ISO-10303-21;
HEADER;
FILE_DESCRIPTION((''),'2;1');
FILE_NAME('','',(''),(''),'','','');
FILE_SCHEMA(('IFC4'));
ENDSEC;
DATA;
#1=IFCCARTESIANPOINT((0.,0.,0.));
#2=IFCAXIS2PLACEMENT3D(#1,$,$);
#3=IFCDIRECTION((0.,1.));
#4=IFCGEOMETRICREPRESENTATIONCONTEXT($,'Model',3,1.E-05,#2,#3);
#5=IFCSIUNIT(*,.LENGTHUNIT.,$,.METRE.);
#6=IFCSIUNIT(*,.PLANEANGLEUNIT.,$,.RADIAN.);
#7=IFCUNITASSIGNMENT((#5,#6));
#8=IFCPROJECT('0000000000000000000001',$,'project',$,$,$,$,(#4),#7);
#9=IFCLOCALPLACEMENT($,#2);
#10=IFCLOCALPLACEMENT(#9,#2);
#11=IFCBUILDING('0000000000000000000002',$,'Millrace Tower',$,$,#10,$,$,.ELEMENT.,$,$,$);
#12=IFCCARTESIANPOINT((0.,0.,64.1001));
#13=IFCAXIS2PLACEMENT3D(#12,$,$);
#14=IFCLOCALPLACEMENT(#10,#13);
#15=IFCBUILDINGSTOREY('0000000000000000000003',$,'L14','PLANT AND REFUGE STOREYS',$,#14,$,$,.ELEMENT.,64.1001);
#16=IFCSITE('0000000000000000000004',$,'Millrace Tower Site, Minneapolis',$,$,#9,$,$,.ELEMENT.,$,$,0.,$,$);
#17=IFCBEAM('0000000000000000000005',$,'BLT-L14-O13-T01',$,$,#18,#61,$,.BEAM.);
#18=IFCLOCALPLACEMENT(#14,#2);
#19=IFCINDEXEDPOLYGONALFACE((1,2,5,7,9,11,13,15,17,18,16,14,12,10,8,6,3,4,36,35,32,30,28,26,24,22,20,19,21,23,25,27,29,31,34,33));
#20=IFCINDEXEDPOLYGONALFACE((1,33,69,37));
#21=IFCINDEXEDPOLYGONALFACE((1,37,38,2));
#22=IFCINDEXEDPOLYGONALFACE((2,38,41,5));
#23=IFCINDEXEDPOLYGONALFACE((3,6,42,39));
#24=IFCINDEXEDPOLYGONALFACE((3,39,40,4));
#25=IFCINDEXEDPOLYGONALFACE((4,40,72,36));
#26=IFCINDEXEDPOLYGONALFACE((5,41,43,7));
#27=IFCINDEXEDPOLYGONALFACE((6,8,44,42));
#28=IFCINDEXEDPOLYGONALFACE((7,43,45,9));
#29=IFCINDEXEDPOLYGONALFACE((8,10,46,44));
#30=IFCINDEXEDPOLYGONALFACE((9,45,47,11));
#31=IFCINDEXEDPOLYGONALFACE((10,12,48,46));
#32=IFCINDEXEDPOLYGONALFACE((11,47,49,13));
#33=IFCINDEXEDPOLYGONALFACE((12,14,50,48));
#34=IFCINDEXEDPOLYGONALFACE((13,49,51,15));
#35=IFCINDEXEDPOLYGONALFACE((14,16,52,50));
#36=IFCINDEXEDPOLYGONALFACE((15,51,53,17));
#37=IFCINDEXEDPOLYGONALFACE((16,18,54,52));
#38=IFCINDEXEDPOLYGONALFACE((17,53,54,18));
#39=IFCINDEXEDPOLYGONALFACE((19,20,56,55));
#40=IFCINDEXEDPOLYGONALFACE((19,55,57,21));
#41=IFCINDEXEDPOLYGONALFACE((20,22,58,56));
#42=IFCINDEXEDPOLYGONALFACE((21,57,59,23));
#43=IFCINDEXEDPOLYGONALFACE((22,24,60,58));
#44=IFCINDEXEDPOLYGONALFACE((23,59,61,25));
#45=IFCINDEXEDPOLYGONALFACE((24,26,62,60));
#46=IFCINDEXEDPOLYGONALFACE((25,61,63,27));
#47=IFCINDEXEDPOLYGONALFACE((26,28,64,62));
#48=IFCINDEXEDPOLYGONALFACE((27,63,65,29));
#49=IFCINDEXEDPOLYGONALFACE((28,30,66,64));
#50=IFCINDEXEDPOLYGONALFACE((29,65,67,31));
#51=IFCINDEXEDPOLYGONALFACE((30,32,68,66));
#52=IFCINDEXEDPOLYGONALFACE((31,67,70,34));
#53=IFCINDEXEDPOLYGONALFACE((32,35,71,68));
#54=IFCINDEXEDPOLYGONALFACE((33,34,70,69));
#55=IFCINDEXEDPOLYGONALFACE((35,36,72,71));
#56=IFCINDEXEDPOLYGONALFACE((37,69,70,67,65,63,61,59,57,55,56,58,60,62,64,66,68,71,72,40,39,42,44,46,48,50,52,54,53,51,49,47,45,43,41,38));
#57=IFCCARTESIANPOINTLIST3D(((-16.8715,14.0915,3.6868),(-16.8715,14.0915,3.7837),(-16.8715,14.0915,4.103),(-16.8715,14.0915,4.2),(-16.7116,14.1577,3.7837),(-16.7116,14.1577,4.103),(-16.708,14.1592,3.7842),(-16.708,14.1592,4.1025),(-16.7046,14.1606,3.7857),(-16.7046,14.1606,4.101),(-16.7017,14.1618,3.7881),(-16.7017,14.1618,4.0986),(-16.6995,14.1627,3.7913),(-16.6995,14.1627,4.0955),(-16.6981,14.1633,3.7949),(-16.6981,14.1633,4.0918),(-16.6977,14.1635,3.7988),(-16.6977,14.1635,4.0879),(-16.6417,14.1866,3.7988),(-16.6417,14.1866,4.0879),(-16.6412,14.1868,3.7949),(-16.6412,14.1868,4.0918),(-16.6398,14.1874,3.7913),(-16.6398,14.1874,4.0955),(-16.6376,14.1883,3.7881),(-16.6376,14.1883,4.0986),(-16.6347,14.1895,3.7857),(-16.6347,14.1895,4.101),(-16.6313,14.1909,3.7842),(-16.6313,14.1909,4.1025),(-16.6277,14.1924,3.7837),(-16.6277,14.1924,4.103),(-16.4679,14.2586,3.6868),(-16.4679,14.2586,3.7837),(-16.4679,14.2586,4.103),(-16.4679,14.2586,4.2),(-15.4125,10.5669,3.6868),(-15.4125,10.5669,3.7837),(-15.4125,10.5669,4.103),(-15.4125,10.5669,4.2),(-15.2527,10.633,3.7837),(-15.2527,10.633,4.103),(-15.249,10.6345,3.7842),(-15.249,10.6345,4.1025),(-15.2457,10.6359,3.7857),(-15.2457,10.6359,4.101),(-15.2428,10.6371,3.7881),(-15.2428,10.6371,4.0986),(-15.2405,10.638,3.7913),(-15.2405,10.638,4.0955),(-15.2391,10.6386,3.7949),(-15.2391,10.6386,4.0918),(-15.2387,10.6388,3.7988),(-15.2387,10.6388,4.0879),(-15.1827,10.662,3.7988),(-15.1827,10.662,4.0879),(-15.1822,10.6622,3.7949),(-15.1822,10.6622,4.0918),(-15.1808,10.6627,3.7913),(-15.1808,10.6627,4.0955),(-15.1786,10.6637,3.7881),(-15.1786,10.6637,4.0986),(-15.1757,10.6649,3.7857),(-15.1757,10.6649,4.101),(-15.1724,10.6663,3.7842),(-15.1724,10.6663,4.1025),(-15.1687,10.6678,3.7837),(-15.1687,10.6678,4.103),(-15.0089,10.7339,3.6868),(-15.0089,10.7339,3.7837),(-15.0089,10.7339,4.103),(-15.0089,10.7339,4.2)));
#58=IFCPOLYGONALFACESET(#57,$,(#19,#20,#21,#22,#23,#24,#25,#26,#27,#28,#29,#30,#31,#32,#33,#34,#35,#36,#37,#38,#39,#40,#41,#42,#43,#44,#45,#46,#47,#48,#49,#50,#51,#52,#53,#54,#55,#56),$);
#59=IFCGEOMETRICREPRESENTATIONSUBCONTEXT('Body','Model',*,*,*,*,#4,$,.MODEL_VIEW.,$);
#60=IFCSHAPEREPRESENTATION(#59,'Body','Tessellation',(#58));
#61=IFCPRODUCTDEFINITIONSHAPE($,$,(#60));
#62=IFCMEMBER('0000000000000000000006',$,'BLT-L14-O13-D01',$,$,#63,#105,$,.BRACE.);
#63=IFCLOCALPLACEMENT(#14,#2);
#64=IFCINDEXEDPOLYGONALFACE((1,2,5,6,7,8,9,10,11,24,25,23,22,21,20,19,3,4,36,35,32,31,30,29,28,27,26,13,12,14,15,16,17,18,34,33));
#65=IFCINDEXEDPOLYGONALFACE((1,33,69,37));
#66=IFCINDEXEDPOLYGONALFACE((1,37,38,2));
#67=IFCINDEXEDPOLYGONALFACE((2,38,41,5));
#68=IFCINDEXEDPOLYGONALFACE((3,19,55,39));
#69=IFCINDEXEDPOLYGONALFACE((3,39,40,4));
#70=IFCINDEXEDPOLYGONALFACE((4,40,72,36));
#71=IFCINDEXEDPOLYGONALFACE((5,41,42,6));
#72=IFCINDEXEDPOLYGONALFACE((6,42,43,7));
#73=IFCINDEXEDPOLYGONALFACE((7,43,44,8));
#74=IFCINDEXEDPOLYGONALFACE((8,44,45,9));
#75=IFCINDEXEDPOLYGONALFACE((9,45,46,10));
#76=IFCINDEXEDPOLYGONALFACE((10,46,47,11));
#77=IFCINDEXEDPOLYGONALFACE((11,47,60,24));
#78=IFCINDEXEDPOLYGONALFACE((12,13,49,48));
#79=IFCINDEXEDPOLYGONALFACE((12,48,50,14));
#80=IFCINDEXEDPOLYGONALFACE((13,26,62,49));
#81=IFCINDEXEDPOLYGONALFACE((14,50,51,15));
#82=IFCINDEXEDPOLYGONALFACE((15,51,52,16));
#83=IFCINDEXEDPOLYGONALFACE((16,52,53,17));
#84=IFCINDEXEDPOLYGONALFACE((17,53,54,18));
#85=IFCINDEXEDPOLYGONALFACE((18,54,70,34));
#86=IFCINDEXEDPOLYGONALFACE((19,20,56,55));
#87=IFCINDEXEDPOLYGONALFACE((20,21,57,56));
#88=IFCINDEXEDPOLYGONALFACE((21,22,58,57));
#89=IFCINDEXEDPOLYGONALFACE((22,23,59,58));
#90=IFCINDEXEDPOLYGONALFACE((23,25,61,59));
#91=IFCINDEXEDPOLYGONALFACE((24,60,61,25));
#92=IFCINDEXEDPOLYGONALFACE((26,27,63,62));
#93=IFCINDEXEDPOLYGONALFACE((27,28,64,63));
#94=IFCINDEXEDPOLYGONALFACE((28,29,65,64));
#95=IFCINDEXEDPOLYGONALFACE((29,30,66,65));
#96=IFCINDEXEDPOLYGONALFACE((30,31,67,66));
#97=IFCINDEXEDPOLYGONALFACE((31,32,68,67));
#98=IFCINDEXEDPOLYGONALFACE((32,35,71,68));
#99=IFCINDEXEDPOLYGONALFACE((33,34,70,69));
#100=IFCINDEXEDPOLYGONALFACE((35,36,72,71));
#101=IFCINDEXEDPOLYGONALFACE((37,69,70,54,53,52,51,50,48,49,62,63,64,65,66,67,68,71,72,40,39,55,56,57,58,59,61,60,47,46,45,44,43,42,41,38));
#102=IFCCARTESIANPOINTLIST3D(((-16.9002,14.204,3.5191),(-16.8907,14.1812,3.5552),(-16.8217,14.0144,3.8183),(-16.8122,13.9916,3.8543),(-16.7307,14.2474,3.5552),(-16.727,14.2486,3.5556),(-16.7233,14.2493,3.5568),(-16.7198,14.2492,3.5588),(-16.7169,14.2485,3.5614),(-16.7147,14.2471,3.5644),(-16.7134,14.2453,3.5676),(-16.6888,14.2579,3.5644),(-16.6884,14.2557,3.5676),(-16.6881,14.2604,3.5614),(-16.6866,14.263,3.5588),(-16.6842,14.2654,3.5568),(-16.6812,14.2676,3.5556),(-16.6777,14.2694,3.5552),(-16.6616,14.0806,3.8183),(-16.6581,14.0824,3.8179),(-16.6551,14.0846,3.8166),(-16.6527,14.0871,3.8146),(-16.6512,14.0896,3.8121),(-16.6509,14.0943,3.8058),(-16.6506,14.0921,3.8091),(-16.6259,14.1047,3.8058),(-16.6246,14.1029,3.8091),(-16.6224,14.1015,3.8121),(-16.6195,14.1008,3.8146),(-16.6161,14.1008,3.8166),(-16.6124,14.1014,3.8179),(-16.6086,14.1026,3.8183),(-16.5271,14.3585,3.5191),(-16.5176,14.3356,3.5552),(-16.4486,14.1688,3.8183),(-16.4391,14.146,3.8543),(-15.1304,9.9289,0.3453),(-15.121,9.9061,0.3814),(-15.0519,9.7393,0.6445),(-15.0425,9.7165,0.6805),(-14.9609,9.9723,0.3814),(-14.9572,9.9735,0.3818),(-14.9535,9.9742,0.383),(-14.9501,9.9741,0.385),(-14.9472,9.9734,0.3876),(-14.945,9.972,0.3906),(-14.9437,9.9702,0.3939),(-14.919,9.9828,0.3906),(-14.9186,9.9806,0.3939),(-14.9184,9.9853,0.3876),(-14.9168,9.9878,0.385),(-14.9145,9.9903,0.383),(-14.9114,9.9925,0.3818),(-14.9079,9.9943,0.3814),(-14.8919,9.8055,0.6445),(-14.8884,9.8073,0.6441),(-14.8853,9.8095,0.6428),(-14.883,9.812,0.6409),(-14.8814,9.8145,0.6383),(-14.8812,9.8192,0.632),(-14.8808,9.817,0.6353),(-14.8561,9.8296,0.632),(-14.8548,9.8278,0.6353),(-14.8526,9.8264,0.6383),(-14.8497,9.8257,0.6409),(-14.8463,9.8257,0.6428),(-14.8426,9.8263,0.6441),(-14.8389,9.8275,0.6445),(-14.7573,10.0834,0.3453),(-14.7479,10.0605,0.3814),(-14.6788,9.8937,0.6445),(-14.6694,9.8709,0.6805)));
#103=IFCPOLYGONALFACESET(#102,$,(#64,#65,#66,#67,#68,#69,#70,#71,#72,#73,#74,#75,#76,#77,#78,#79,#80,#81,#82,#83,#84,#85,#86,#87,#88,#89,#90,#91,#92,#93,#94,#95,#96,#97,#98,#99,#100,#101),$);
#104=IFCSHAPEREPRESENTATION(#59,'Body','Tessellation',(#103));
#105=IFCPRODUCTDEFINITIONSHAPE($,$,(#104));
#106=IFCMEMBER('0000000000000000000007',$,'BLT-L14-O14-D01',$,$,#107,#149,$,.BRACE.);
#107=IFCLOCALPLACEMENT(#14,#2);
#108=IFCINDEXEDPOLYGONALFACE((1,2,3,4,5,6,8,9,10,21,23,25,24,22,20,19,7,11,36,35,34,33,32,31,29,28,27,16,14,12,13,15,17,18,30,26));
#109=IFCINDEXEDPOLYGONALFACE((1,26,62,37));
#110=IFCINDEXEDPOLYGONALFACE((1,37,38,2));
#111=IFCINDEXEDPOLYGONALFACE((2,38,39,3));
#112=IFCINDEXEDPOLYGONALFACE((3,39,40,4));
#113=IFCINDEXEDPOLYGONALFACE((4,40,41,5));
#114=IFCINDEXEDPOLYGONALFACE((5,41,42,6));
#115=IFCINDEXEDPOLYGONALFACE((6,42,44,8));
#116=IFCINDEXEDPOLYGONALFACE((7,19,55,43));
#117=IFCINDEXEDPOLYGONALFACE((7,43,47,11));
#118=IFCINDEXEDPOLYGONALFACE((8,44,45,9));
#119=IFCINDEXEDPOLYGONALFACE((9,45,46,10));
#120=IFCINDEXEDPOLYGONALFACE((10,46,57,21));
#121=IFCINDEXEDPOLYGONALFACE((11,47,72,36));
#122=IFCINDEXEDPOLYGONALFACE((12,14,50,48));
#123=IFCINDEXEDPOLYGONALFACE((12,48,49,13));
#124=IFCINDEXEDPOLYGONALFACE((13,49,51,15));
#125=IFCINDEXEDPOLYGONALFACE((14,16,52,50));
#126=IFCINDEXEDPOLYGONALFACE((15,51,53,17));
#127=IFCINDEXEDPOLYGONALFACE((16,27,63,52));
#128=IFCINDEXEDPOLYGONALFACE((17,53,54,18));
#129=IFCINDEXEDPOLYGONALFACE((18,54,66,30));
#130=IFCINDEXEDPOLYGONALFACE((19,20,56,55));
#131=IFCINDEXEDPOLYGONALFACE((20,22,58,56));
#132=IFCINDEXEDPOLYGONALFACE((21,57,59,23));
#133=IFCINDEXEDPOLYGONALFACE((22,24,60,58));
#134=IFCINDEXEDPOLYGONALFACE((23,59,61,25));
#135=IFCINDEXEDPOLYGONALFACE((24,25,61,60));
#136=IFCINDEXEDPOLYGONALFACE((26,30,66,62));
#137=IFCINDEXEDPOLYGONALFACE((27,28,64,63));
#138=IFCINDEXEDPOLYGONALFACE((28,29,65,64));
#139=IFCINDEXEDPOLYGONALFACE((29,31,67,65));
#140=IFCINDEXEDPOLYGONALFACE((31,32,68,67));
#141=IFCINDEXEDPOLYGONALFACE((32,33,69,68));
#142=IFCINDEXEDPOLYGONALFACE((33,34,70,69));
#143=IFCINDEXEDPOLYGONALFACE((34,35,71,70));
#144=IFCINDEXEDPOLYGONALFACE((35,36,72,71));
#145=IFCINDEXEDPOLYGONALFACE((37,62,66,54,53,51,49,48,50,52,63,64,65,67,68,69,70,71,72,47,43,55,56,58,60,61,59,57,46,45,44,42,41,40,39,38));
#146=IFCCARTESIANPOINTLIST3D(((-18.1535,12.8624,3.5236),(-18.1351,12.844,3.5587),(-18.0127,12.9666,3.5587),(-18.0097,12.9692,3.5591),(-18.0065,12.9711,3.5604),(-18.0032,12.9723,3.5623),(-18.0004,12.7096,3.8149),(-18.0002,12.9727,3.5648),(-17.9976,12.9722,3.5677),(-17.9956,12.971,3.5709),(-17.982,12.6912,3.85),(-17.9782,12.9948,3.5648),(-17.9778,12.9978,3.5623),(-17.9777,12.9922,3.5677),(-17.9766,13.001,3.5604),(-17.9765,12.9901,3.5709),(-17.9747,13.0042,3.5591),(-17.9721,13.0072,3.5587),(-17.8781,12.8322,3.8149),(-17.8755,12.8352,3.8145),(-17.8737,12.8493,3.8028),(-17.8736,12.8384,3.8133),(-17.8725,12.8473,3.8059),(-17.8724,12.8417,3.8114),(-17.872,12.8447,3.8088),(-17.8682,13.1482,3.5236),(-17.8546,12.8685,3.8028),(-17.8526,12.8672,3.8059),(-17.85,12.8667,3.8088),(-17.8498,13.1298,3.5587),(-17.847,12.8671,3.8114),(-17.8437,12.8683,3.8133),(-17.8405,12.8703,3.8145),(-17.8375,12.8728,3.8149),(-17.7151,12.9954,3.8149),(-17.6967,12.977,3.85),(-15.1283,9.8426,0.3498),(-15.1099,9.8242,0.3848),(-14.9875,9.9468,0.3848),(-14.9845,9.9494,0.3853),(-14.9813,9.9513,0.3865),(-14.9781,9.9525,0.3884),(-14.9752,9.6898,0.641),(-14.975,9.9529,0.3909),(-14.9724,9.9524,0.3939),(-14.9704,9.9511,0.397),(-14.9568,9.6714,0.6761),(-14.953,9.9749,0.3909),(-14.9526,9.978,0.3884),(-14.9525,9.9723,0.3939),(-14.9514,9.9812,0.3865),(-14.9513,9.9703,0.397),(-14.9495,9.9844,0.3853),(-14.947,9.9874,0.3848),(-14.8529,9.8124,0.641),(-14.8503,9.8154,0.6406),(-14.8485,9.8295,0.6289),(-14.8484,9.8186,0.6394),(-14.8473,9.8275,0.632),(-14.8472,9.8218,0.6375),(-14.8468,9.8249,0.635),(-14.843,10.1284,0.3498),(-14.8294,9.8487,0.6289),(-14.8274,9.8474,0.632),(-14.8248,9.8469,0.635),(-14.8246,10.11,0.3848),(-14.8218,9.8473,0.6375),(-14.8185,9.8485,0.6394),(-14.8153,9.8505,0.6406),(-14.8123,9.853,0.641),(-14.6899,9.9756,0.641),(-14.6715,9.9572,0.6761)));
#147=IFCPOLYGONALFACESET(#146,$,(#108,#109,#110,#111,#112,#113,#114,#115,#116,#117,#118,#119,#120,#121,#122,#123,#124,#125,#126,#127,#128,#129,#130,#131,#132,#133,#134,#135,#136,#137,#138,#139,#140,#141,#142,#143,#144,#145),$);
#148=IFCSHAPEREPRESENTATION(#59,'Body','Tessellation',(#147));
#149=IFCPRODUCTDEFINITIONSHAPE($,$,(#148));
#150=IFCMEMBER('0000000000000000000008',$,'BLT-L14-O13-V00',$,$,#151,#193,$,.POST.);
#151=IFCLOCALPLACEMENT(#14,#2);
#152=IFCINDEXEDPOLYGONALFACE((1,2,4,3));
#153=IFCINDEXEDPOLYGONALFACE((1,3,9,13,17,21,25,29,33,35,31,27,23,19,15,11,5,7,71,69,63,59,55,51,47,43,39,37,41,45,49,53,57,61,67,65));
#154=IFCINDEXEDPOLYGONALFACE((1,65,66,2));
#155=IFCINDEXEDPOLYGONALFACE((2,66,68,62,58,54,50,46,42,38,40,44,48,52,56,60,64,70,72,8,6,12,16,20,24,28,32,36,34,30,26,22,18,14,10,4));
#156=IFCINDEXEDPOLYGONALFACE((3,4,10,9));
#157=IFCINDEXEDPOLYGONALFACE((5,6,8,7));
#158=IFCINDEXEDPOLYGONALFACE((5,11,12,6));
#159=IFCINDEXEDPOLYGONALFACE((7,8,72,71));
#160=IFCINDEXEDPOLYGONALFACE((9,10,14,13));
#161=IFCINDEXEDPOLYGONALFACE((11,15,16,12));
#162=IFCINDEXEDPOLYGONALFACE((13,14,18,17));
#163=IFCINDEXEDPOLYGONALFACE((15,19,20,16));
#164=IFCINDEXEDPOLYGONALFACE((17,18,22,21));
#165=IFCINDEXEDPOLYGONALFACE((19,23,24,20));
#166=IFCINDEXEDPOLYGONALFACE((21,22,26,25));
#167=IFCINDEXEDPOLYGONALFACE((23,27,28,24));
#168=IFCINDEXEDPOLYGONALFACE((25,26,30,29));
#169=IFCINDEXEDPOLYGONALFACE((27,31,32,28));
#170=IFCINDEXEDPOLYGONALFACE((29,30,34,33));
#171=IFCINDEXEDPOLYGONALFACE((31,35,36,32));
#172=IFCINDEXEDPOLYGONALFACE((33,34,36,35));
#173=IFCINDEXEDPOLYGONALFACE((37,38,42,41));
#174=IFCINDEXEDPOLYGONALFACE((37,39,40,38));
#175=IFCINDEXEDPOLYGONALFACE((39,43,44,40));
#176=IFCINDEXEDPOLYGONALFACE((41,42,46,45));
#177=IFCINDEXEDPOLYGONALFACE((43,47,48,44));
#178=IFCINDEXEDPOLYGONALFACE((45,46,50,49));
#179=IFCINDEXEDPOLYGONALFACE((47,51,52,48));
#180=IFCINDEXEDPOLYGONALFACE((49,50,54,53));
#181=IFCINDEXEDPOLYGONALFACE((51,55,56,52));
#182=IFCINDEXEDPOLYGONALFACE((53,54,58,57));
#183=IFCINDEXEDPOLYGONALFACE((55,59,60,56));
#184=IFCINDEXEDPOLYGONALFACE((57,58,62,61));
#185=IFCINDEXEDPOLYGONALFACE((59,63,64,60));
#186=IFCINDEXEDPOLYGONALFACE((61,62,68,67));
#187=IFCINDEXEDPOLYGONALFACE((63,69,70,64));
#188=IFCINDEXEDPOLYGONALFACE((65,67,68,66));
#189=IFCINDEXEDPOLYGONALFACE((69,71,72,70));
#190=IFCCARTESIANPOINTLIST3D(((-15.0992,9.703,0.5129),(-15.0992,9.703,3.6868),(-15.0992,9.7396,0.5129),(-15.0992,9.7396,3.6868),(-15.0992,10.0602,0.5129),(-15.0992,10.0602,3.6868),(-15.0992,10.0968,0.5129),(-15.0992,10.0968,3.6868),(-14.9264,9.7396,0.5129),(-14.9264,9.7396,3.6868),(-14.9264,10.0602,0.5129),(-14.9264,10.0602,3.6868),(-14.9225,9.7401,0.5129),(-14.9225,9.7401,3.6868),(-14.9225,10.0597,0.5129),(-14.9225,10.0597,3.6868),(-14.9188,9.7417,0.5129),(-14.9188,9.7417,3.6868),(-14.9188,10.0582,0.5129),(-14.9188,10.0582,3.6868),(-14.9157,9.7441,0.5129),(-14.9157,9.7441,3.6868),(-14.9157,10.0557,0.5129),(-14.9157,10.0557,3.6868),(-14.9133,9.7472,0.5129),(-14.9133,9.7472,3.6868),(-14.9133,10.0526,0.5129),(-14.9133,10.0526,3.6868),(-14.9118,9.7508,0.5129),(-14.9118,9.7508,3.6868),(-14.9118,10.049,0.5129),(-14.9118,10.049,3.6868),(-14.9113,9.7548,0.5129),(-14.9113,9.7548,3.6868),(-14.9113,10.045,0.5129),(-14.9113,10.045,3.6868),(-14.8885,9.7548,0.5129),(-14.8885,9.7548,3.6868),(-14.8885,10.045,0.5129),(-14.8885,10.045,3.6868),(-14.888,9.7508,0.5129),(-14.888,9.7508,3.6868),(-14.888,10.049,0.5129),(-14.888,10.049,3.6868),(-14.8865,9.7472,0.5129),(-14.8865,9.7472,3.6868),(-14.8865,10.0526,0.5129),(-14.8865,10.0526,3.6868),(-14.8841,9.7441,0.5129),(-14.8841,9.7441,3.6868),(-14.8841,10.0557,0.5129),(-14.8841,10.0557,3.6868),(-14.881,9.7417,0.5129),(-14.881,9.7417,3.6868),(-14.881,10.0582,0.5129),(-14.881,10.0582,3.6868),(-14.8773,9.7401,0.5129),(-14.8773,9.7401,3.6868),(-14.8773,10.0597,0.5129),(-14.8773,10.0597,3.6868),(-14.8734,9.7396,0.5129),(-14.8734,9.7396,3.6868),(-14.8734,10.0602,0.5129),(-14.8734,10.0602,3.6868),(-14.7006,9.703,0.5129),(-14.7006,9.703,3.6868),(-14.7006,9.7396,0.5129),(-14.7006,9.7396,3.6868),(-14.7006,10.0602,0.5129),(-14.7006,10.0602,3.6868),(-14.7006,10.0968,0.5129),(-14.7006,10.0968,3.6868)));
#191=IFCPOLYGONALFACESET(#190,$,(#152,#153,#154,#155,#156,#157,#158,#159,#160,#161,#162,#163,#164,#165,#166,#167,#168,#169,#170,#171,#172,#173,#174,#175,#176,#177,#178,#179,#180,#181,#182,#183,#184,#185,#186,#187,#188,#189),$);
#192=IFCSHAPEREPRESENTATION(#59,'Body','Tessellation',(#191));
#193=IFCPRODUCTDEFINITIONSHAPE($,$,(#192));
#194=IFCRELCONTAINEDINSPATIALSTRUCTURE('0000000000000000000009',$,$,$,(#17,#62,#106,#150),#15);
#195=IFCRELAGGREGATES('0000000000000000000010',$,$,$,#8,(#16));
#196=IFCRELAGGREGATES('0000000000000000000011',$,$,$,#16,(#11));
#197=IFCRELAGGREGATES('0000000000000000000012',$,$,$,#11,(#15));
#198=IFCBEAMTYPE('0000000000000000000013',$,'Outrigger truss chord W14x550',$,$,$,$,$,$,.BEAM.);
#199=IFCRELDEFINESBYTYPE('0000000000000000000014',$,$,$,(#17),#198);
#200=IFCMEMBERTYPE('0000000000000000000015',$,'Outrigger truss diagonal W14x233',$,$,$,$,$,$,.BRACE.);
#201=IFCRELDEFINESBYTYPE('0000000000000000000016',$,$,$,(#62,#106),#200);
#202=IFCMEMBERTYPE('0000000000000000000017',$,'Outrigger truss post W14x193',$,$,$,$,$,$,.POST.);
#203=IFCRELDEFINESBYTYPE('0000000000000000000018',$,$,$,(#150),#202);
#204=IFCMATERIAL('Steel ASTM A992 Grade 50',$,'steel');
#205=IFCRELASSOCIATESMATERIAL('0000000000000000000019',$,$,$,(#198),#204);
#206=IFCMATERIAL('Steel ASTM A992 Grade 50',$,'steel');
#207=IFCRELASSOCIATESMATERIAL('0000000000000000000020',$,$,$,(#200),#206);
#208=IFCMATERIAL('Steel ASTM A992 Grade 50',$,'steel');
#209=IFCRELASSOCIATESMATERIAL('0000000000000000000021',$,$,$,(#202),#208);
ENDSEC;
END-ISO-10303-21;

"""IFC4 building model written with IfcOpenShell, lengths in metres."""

from ifc_helpers import new_model, si_unit, direction, frame, origin, origin_2d, place, context, subcontext, project, spatial, i_section, extrude, material, material_profile, profile_set, type_object, element, save


model = new_model("IFC4")

# Units and contexts
model_context = context("Model", 3, precision=1e-05, world=origin(), true_north=direction((0.0, 1.0)))
body_context = subcontext(model_context, "Body", "Model", "MODEL_VIEW")
ifc_project = project(units=[si_unit("LENGTHUNIT", "METRE"), si_unit("PLANEANGLEUNIT", "RADIAN")], contexts=[model_context])

# Site, building, storey
site_placement = place(None, origin())
site = spatial("IfcSite", under=ifc_project, at=site_placement, Name="Millrace Tower Site, Minneapolis", CompositionType="ELEMENT", RefElevation=0.0)
building_placement = place(site_placement, origin())
building = spatial("IfcBuilding", under=site, at=building_placement, Name="Millrace Tower", CompositionType="ELEMENT")
storey_placement = place(building_placement, frame((0.0, 0.0, 64.1001)))
storey = spatial("IfcBuildingStorey", under=building, at=storey_placement, Name="L14", Description="PLANT AND REFUGE STOREYS", CompositionType="ELEMENT", Elevation=64.1001)

# Beam
ifc_material_1 = material(Name="Steel ASTM A992 Grade 50", Category="steel")
ifc_material_profile_1 = material_profile(ifc_material_1, i_section(OverallWidth=0.4368, OverallDepth=0.5132, WebThickness=0.0605, FlangeThickness=0.0969, FilletRadius=0.0151, at=origin_2d()))
ifc_profile_set_1 = profile_set([ifc_material_profile_1], Name="Steel ASTM A992 Grade 50")
beam_type_1 = type_object("IfcBeamType", Name="Outrigger truss chord W14x550", PredefinedType="BEAM", material=ifc_profile_set_1)
beam_1_placement = place(storey_placement, frame((-15.2107, 10.6504, 3.9434), z_axis=(-0.382465, 0.92397, 0.0), x_axis=(-0.92397, -0.382465, 0.0)))
element("IfcBeam", 1, at=beam_1_placement, inside=storey, type_object=beam_type_1, Name="BLT-L14-O13-T01", PredefinedType="BEAM", context=body_context, shape_type="SweptSolid", body=[
    extrude(i_section(OverallWidth=0.4368, OverallDepth=0.5132, WebThickness=0.0605, FlangeThickness=0.0969, FilletRadius=0.0151, at=origin_2d()), origin(), (0.0, 0.0, 1.0), 3.8147),
])

# Members
ifc_material_2 = material(Name="Steel ASTM A992 Grade 50", Category="steel")
ifc_material_profile_2 = material_profile(ifc_material_2, i_section(OverallWidth=0.4038, OverallDepth=0.4065, WebThickness=0.0271, FlangeThickness=0.0437, FilletRadius=0.0151, at=origin_2d()))
ifc_profile_set_2 = profile_set([ifc_material_profile_2], Name="Steel ASTM A992 Grade 50")
member_type_1 = type_object("IfcMemberType", Name="Outrigger truss diagonal W14x233", PredefinedType="BRACE", material=ifc_profile_set_2)
member_1_placement = place(storey_placement, frame((-14.8999, 9.8999, 0.5129), z_axis=(-0.315418, 0.761936, 0.565654), x_axis=(-0.92396, -0.38249, 0.0)))
element("IfcMember", 2, at=member_1_placement, inside=storey, type_object=member_type_1, Name="BLT-L14-O13-D01", PredefinedType="BRACE", context=body_context, shape_type="SweptSolid", body=[
    extrude(i_section(OverallWidth=0.4038, OverallDepth=0.4065, WebThickness=0.0271, FlangeThickness=0.0437, FilletRadius=0.0151, at=origin_2d()), origin(), (0.0, 0.0, 1.0), 5.6108),
])
member_2_placement = place(storey_placement, frame((-14.8999, 9.8999, 0.5129), z_axis=(-0.568222, 0.567213, 0.596149), x_axis=(-0.706478, -0.707735, 0.0)))
element("IfcMember", 3, at=member_2_placement, inside=storey, type_object=member_type_1, Name="BLT-L14-O14-D01", PredefinedType="BRACE", context=body_context, shape_type="SweptSolid", body=[
    extrude(i_section(OverallWidth=0.4038, OverallDepth=0.4065, WebThickness=0.0271, FlangeThickness=0.0437, FilletRadius=0.0151, at=origin_2d()), origin(), (0.0, 0.0, 1.0), 5.324),
])
ifc_material_3 = material(Name="Steel ASTM A992 Grade 50", Category="steel")
ifc_material_profile_3 = material_profile(ifc_material_3, i_section(OverallWidth=0.3987, OverallDepth=0.3938, WebThickness=0.0227, FlangeThickness=0.0366, FilletRadius=0.0151, at=origin_2d()))
ifc_profile_set_3 = profile_set([ifc_material_profile_3], Name="Steel ASTM A992 Grade 50")
member_type_2 = type_object("IfcMemberType", Name="Outrigger truss post W14x193", PredefinedType="POST", material=ifc_profile_set_3)
member_3_placement = place(storey_placement, frame((-14.8999, 9.8999, 0.5129), z_axis=(0.0, 0.0, 1.0), x_axis=(1.0, 0.0, 0.0)))
element("IfcMember", 4, at=member_3_placement, inside=storey, type_object=member_type_2, Name="BLT-L14-O13-V00", PredefinedType="POST", context=body_context, shape_type="SweptSolid", body=[
    extrude(i_section(OverallWidth=0.3987, OverallDepth=0.3938, WebThickness=0.0227, FlangeThickness=0.0366, FilletRadius=0.0151, at=origin_2d()), origin(), (0.0, 0.0, 1.0), 3.1738),
])

save(model, "model.ifc")
